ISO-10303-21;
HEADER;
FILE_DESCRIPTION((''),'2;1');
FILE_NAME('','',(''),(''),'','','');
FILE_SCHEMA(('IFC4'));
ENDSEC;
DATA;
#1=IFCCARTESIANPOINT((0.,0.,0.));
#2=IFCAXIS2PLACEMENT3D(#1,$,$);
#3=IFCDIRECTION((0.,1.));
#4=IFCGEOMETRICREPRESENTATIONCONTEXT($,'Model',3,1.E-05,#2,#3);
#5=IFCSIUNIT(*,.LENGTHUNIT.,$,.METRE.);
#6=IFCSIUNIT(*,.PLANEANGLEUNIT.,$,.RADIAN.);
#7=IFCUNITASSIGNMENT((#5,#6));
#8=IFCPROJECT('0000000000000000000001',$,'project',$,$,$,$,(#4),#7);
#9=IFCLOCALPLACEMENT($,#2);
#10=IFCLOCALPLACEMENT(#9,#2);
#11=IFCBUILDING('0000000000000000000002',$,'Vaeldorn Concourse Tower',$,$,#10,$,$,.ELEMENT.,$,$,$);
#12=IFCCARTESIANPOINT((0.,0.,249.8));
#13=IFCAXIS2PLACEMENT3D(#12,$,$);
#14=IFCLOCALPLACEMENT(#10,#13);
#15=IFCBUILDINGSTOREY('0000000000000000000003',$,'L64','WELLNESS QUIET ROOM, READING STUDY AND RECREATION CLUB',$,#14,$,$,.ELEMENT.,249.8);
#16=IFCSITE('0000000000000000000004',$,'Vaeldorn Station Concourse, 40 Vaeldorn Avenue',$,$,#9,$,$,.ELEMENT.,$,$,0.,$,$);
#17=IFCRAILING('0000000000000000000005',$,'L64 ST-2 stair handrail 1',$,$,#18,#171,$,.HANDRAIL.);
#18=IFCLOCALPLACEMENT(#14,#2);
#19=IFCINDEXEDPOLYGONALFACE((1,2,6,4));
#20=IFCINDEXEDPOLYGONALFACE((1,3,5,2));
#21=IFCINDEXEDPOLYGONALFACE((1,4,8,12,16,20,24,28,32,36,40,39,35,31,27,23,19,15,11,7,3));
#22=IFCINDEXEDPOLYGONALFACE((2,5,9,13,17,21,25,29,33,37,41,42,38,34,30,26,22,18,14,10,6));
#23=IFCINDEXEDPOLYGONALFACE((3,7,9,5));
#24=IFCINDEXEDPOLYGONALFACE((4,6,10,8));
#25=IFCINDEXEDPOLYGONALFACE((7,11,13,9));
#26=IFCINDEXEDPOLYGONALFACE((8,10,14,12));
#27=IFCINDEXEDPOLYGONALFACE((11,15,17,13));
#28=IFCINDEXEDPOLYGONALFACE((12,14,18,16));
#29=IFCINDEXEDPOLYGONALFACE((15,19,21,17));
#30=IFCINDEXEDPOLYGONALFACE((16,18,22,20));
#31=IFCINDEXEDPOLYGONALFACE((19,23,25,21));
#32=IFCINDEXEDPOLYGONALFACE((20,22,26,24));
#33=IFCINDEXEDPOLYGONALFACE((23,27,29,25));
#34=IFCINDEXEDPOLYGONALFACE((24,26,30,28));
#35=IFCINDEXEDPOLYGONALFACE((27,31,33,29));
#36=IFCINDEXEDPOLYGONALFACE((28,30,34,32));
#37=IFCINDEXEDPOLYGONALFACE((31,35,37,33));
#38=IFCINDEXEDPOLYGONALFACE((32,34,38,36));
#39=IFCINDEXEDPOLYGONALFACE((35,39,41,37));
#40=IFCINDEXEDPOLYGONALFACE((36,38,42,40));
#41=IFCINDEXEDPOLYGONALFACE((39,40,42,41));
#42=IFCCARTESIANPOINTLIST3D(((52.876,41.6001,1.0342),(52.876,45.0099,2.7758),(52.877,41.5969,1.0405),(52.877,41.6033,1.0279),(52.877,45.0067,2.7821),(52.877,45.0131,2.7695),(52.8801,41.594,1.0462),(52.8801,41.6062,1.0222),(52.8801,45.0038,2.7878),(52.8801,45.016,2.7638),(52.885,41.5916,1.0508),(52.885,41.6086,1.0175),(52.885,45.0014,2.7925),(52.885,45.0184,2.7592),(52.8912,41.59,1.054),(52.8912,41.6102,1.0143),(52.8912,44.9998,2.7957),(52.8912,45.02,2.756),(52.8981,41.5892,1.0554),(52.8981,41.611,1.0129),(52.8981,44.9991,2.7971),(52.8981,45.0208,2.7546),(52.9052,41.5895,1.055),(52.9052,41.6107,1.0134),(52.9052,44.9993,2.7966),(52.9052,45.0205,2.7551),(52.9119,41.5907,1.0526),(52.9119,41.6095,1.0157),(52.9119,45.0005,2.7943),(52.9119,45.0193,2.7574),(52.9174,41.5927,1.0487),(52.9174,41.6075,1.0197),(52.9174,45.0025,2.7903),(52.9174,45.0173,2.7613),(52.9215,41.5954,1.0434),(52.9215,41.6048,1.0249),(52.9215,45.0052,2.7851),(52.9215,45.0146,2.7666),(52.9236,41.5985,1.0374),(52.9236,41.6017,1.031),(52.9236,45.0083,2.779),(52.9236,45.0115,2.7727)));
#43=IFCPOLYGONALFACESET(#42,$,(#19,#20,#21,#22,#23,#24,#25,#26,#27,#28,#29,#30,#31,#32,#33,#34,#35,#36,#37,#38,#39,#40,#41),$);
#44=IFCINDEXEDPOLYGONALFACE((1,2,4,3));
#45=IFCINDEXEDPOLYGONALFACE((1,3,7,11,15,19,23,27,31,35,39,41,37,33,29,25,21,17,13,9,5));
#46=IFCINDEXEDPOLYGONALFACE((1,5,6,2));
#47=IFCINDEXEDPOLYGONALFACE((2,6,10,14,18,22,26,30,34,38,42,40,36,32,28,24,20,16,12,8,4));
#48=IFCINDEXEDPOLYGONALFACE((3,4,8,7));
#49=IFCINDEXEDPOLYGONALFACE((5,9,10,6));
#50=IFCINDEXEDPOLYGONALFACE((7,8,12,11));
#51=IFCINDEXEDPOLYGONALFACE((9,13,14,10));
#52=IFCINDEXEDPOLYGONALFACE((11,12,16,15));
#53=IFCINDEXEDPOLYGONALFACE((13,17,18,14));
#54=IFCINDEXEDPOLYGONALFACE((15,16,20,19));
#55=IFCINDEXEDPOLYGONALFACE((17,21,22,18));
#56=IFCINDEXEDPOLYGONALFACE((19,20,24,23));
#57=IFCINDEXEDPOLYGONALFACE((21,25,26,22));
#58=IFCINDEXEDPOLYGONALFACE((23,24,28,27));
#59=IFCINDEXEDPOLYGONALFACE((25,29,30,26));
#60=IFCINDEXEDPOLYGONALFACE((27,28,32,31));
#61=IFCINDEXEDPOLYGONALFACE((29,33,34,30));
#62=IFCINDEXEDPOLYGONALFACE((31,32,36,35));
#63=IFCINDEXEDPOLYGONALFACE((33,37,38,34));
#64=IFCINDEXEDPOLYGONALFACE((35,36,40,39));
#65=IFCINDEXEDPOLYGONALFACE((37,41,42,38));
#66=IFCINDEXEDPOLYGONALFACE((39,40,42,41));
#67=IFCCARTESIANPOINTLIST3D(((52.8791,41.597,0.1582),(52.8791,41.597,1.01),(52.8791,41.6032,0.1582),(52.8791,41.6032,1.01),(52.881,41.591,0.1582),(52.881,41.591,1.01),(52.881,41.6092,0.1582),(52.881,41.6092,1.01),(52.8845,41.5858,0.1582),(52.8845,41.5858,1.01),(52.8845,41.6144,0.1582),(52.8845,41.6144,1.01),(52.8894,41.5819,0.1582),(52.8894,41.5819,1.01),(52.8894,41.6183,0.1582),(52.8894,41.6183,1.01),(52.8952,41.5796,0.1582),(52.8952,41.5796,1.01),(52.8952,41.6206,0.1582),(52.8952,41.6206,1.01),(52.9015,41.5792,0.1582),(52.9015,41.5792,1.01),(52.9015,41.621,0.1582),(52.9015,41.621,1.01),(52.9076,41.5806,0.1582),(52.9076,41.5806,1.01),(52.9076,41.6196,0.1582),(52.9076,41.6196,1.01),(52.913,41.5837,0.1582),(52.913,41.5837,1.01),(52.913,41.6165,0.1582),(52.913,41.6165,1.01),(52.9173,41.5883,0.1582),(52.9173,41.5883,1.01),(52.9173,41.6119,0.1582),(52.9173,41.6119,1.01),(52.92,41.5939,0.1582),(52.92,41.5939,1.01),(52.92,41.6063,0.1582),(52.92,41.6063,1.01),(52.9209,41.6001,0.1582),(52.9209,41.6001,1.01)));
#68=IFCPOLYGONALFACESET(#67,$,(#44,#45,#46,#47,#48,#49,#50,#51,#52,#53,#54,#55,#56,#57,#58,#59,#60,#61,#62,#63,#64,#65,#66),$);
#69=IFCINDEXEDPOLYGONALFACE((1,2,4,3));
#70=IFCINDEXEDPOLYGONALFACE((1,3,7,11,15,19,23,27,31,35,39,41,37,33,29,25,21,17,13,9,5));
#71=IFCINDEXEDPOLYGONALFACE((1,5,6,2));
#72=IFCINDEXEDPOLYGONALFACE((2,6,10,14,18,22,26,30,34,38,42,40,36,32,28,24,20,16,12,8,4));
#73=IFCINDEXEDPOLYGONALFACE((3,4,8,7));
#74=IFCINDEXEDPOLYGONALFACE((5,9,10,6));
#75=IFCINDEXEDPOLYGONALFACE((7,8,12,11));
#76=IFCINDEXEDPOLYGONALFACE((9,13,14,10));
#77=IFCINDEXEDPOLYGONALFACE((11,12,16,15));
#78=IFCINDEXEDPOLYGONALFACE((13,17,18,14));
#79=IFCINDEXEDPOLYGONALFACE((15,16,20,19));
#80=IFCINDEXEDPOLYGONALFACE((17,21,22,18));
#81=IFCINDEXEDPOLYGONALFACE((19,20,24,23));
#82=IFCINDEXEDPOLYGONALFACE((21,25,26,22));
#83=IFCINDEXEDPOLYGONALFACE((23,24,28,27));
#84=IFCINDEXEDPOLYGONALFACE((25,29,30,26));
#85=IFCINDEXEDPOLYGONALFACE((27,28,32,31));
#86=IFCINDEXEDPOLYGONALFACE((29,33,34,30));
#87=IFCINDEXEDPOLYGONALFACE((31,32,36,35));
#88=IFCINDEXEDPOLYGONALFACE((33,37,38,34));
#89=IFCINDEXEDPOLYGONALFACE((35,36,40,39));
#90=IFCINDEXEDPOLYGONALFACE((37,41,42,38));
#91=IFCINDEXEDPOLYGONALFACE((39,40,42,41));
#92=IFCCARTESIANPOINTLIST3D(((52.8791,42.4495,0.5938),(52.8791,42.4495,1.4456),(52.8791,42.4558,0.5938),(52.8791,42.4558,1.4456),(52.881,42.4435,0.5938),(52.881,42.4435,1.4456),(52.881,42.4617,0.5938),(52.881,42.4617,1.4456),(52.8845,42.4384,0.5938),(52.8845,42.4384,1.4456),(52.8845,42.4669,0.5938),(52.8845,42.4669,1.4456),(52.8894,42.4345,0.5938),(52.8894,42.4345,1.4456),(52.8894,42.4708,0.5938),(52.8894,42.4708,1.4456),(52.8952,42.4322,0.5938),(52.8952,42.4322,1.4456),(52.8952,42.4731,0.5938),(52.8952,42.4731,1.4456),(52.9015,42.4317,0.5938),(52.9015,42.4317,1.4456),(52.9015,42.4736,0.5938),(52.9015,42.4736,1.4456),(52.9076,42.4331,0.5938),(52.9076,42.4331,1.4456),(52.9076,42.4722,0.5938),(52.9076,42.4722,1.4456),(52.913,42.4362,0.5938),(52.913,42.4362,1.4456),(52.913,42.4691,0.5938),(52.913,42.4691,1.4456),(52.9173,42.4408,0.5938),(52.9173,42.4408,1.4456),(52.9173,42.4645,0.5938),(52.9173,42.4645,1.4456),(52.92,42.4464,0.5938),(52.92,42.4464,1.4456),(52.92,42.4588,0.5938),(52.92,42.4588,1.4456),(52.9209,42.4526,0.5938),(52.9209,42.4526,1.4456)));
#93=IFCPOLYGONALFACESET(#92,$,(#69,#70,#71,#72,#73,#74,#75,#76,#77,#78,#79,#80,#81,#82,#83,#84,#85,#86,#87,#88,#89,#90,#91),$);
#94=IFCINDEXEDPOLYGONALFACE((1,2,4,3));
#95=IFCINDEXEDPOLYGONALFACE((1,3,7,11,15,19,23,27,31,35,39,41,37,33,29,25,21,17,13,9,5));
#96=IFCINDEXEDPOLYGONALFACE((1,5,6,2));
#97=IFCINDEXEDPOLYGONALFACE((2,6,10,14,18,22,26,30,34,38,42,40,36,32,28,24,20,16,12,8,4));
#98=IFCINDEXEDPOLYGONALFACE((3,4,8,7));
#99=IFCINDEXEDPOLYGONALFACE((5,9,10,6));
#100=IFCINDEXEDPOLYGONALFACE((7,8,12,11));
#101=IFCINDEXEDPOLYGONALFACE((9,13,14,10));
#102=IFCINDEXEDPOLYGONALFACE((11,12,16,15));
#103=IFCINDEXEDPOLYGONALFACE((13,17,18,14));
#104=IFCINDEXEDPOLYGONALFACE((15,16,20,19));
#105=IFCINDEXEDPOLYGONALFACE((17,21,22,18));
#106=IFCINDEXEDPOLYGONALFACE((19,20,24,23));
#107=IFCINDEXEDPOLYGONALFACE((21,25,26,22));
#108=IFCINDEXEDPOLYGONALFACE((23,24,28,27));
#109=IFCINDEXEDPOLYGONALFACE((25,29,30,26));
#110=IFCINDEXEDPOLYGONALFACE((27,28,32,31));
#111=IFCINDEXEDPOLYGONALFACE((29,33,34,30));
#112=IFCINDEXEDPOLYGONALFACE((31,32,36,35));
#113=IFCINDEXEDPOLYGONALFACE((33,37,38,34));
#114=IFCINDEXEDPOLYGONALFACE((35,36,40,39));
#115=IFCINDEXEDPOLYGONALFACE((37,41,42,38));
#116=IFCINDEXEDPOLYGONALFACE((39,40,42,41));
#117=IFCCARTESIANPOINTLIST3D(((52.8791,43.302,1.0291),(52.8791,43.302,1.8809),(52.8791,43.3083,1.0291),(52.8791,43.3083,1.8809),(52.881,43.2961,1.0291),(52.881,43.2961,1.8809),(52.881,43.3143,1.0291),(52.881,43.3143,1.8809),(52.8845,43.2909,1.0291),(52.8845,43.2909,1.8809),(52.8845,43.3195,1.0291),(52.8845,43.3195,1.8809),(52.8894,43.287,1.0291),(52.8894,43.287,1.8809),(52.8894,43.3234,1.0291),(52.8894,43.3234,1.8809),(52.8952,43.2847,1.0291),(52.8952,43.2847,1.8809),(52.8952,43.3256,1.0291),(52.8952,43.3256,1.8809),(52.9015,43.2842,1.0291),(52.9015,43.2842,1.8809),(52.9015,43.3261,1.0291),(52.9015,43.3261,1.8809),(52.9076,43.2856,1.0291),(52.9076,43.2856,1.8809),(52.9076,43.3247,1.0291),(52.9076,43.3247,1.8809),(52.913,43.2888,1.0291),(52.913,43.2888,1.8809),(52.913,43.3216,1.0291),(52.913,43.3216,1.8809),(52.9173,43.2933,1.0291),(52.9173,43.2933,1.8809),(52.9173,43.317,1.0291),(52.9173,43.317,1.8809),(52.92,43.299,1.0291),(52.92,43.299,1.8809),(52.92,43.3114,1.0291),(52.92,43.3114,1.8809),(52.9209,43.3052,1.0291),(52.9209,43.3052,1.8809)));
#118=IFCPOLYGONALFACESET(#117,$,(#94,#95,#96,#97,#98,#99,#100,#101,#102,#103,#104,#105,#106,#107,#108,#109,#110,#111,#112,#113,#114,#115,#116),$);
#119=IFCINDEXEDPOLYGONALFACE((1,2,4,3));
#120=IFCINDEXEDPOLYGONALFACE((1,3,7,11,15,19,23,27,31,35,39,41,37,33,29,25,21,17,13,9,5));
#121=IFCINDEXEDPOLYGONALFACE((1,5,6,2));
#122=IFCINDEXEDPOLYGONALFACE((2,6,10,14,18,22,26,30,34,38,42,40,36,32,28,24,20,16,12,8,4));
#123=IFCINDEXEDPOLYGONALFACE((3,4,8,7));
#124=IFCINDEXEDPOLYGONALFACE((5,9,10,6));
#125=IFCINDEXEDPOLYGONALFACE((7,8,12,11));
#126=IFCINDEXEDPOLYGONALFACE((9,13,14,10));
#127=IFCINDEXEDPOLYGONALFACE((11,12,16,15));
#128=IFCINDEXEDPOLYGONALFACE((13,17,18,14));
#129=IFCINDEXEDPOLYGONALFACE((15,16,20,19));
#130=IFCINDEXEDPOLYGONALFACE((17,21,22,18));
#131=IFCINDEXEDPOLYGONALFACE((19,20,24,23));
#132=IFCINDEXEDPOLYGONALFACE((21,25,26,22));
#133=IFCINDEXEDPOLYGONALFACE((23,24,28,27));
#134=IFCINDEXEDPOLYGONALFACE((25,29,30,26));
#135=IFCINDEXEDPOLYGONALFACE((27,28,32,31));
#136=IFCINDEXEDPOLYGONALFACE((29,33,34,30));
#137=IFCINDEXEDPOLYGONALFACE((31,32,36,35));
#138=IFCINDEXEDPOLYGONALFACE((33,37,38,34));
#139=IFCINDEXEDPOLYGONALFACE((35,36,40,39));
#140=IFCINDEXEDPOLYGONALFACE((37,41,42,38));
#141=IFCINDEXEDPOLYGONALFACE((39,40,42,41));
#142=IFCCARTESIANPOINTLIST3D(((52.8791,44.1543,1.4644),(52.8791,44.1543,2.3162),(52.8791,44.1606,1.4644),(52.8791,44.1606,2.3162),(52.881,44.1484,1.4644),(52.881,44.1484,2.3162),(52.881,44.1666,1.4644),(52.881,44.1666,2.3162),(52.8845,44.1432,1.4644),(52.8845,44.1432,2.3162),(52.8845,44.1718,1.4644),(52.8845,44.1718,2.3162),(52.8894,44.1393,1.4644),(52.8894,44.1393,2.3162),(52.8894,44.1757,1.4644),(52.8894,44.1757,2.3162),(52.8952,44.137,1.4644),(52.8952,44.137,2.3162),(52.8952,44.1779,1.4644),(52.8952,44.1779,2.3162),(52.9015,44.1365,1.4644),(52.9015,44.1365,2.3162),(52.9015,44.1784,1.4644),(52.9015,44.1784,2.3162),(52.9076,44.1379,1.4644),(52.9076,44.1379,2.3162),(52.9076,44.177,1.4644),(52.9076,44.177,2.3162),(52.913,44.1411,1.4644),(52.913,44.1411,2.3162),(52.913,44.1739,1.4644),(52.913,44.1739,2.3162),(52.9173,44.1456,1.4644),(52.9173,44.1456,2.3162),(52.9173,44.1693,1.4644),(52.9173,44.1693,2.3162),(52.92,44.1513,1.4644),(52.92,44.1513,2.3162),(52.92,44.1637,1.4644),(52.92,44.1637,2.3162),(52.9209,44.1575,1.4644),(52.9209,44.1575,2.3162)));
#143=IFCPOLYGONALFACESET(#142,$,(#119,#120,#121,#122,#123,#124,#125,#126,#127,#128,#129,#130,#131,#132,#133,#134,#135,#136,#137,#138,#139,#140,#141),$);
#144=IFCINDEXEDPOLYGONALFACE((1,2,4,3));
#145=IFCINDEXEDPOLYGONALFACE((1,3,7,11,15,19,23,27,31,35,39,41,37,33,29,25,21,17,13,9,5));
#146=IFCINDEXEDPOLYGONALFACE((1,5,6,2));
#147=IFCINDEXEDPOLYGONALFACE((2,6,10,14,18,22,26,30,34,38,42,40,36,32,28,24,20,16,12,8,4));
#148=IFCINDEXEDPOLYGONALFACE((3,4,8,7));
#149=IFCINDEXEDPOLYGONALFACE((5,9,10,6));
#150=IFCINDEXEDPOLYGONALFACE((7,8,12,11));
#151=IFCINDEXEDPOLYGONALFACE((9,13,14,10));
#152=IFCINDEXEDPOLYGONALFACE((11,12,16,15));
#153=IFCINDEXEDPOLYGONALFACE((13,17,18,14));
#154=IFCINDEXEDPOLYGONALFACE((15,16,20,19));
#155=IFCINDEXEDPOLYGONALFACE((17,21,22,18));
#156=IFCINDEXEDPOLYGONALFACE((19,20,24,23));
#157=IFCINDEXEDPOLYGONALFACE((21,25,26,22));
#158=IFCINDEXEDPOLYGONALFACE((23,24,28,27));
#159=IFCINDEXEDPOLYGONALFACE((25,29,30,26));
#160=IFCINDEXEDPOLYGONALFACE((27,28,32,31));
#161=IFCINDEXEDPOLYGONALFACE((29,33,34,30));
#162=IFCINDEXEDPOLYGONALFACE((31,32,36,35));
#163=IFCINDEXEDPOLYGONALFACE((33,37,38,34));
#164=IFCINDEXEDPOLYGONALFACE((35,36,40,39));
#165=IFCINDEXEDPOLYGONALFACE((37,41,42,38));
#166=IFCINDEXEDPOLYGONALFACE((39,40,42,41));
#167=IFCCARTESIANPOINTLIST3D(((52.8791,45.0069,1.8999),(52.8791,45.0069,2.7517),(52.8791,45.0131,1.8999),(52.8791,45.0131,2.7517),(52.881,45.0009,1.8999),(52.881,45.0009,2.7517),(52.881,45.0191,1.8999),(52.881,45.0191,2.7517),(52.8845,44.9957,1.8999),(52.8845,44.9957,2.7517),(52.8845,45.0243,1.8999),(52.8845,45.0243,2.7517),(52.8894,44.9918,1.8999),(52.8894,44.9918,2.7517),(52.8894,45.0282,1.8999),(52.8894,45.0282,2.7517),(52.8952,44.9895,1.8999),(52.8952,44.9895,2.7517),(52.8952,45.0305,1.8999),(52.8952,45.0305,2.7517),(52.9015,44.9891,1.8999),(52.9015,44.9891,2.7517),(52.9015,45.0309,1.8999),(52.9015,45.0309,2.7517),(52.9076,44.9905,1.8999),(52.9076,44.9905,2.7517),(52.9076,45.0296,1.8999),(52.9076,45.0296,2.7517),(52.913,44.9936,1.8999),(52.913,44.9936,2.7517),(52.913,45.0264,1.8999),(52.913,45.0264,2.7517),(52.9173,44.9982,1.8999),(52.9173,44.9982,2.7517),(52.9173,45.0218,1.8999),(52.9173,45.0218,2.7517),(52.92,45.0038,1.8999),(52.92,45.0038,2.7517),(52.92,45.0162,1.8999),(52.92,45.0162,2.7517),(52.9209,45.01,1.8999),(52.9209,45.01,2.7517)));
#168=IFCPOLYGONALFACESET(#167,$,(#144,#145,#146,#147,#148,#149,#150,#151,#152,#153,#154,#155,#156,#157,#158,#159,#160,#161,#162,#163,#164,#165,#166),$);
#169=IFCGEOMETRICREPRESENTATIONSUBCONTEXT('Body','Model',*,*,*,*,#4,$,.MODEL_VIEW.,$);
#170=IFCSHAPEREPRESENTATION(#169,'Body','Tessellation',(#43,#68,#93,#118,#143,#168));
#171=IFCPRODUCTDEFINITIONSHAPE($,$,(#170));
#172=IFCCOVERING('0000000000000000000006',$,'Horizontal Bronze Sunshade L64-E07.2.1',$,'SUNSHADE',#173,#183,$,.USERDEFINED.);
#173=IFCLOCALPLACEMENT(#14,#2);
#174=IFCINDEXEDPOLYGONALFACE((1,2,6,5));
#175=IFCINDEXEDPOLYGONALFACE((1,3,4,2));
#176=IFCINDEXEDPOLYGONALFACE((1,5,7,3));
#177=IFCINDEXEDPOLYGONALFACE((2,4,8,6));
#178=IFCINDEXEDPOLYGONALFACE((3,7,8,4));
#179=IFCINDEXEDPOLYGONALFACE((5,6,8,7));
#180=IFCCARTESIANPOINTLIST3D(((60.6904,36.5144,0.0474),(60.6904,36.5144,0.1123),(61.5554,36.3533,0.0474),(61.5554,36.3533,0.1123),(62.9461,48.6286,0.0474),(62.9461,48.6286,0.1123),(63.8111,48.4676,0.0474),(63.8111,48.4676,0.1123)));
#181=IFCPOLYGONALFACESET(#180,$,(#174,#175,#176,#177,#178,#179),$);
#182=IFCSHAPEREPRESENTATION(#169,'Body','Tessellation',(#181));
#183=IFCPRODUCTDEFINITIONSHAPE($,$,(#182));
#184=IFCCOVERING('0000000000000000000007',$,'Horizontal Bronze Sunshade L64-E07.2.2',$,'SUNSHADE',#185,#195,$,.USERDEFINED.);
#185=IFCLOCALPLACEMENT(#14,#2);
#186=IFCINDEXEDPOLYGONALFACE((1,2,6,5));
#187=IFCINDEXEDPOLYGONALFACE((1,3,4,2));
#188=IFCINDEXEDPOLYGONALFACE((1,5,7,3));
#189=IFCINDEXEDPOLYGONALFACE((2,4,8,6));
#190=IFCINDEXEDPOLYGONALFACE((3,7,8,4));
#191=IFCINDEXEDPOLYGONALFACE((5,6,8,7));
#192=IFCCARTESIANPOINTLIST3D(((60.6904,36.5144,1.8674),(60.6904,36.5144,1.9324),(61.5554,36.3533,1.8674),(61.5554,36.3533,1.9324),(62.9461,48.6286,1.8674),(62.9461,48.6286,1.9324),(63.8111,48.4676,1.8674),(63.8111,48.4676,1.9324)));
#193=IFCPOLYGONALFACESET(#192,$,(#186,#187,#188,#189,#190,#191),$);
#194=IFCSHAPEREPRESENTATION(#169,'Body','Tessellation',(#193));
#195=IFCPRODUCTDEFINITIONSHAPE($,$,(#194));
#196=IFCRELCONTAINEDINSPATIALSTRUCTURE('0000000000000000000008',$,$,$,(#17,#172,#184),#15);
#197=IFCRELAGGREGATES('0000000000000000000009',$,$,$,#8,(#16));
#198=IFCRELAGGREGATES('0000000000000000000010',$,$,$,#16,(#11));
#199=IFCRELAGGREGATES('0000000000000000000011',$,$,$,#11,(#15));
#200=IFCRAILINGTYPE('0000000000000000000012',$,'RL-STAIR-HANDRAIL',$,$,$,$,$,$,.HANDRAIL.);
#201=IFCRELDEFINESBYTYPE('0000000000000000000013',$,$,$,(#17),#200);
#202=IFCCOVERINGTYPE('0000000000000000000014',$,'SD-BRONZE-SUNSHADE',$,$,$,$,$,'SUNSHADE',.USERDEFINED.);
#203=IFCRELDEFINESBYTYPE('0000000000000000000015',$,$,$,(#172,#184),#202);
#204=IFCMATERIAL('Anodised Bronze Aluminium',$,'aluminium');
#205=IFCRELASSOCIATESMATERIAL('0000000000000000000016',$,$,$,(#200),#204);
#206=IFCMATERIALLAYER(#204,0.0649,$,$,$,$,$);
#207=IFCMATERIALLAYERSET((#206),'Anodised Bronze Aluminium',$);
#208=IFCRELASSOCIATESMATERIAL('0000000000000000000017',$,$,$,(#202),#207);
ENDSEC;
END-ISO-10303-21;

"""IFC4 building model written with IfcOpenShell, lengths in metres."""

from ifc_helpers import new_model, si_unit, direction, frame, origin, origin_2d, place, context, subcontext, project, spatial, rectangle, circle, extrude, source, transform, mapped, material, layer, layer_set, type_object, element, save


model = new_model("IFC4")

# Units and contexts
model_context = context("Model", 3, precision=1e-05, world=origin(), true_north=direction((0.0, 1.0)))
body_context = subcontext(model_context, "Body", "Model", "MODEL_VIEW")
ifc_project = project(units=[si_unit("LENGTHUNIT", "METRE"), si_unit("PLANEANGLEUNIT", "RADIAN")], contexts=[model_context])

# Site, building, storey
site_placement = place(None, origin())
site = spatial("IfcSite", under=ifc_project, at=site_placement, Name="Vaeldorn Station Concourse, 40 Vaeldorn Avenue", CompositionType="ELEMENT", RefElevation=0.0)
building_placement = place(site_placement, origin())
building = spatial("IfcBuilding", under=site, at=building_placement, Name="Vaeldorn Concourse Tower", CompositionType="ELEMENT")
storey_placement = place(building_placement, frame((0.0, 0.0, 249.8)))
storey = spatial("IfcBuildingStorey", under=building, at=storey_placement, Name="L64", Description="WELLNESS QUIET ROOM, READING STUDY AND RECREATION CLUB", CompositionType="ELEMENT", Elevation=249.8)

# Shared definitions
ifc_material_1 = material(Name="Anodised Bronze Aluminium", Category="aluminium")

# Railing
railing_type_1 = type_object("IfcRailingType", Name="RL-STAIR-HANDRAIL", PredefinedType="HANDRAIL", material=ifc_material_1)
railing_1_placement = place(storey_placement, frame((52.8999, 41.6001, 0.1582)))
element("IfcRailing", 1, at=railing_1_placement, inside=storey, type_object=railing_type_1, Name="L64 ST-2 stair handrail 1", PredefinedType="HANDRAIL", context=body_context, shape_type="SweptSolid", body=[
    extrude(circle(Radius=0.0239, at=origin_2d()), frame((0.0, 0.0, 0.876), z_axis=(0.0, 0.890556, 0.454874), x_axis=(-1.0, 0.0, 0.0)), (0.0, 0.0, 1.0), 3.8289),
    extrude(circle(Radius=0.021, at=origin_2d()), origin(), (0.0, 0.0, 1.0), 0.8518),
    extrude(circle(Radius=0.021, at=origin_2d()), frame((0.0, 0.8525, 0.4355)), (0.0, 0.0, 1.0), 0.8518),
    extrude(circle(Radius=0.021, at=origin_2d()), frame((0.0, 1.7051, 0.8708)), (0.0, 0.0, 1.0), 0.8518),
    extrude(circle(Radius=0.021, at=origin_2d()), frame((0.0, 2.5574, 1.3062)), (0.0, 0.0, 1.0), 0.8518),
    extrude(circle(Radius=0.021, at=origin_2d()), frame((0.0, 3.4099, 1.7417)), (0.0, 0.0, 1.0), 0.8518),
])

# Coverings
ifc_layer_1 = layer(ifc_material_1, 0.0649)
ifc_layer_set_1 = layer_set([ifc_layer_1], Name="Anodised Bronze Aluminium")
covering_type = type_object("IfcCoveringType", Name="SD-BRONZE-SUNSHADE", ElementType="SUNSHADE", PredefinedType="USERDEFINED", material=ifc_layer_set_1)
shared_shape_1 = source(origin(), body_context, "Body", "SweptSolid", [
    extrude(rectangle(XDim=12.3225, YDim=0.8799, at=origin_2d()), origin(), (0.0, 0.0, 1.0), 0.0649),
])
for number, where, z_axis, x_axis, name in (
    (2, (62.2507, 42.491, 0.0474), (0.0, 0.0, 1.0), (0.183059, 0.983102, 0.0), "Horizontal Bronze Sunshade L64-E07.2.1"),
    (3, (62.2507, 42.491, 1.8674), (0.0, 0.0, 1.0), (0.183059, 0.983102, 0.0), "Horizontal Bronze Sunshade L64-E07.2.2"),
):
    element("IfcCovering", number, at=place(storey_placement, frame(where, z_axis=z_axis, x_axis=x_axis)), inside=storey, type_object=covering_type, Name=name, ObjectType="SUNSHADE", PredefinedType="USERDEFINED", context=body_context, shape_type="MappedRepresentation", body=[
        mapped(shared_shape_1, transform((0.0, 0.0, 0.0), scale=1.0)),
    ])

save(model, "model.ifc")
